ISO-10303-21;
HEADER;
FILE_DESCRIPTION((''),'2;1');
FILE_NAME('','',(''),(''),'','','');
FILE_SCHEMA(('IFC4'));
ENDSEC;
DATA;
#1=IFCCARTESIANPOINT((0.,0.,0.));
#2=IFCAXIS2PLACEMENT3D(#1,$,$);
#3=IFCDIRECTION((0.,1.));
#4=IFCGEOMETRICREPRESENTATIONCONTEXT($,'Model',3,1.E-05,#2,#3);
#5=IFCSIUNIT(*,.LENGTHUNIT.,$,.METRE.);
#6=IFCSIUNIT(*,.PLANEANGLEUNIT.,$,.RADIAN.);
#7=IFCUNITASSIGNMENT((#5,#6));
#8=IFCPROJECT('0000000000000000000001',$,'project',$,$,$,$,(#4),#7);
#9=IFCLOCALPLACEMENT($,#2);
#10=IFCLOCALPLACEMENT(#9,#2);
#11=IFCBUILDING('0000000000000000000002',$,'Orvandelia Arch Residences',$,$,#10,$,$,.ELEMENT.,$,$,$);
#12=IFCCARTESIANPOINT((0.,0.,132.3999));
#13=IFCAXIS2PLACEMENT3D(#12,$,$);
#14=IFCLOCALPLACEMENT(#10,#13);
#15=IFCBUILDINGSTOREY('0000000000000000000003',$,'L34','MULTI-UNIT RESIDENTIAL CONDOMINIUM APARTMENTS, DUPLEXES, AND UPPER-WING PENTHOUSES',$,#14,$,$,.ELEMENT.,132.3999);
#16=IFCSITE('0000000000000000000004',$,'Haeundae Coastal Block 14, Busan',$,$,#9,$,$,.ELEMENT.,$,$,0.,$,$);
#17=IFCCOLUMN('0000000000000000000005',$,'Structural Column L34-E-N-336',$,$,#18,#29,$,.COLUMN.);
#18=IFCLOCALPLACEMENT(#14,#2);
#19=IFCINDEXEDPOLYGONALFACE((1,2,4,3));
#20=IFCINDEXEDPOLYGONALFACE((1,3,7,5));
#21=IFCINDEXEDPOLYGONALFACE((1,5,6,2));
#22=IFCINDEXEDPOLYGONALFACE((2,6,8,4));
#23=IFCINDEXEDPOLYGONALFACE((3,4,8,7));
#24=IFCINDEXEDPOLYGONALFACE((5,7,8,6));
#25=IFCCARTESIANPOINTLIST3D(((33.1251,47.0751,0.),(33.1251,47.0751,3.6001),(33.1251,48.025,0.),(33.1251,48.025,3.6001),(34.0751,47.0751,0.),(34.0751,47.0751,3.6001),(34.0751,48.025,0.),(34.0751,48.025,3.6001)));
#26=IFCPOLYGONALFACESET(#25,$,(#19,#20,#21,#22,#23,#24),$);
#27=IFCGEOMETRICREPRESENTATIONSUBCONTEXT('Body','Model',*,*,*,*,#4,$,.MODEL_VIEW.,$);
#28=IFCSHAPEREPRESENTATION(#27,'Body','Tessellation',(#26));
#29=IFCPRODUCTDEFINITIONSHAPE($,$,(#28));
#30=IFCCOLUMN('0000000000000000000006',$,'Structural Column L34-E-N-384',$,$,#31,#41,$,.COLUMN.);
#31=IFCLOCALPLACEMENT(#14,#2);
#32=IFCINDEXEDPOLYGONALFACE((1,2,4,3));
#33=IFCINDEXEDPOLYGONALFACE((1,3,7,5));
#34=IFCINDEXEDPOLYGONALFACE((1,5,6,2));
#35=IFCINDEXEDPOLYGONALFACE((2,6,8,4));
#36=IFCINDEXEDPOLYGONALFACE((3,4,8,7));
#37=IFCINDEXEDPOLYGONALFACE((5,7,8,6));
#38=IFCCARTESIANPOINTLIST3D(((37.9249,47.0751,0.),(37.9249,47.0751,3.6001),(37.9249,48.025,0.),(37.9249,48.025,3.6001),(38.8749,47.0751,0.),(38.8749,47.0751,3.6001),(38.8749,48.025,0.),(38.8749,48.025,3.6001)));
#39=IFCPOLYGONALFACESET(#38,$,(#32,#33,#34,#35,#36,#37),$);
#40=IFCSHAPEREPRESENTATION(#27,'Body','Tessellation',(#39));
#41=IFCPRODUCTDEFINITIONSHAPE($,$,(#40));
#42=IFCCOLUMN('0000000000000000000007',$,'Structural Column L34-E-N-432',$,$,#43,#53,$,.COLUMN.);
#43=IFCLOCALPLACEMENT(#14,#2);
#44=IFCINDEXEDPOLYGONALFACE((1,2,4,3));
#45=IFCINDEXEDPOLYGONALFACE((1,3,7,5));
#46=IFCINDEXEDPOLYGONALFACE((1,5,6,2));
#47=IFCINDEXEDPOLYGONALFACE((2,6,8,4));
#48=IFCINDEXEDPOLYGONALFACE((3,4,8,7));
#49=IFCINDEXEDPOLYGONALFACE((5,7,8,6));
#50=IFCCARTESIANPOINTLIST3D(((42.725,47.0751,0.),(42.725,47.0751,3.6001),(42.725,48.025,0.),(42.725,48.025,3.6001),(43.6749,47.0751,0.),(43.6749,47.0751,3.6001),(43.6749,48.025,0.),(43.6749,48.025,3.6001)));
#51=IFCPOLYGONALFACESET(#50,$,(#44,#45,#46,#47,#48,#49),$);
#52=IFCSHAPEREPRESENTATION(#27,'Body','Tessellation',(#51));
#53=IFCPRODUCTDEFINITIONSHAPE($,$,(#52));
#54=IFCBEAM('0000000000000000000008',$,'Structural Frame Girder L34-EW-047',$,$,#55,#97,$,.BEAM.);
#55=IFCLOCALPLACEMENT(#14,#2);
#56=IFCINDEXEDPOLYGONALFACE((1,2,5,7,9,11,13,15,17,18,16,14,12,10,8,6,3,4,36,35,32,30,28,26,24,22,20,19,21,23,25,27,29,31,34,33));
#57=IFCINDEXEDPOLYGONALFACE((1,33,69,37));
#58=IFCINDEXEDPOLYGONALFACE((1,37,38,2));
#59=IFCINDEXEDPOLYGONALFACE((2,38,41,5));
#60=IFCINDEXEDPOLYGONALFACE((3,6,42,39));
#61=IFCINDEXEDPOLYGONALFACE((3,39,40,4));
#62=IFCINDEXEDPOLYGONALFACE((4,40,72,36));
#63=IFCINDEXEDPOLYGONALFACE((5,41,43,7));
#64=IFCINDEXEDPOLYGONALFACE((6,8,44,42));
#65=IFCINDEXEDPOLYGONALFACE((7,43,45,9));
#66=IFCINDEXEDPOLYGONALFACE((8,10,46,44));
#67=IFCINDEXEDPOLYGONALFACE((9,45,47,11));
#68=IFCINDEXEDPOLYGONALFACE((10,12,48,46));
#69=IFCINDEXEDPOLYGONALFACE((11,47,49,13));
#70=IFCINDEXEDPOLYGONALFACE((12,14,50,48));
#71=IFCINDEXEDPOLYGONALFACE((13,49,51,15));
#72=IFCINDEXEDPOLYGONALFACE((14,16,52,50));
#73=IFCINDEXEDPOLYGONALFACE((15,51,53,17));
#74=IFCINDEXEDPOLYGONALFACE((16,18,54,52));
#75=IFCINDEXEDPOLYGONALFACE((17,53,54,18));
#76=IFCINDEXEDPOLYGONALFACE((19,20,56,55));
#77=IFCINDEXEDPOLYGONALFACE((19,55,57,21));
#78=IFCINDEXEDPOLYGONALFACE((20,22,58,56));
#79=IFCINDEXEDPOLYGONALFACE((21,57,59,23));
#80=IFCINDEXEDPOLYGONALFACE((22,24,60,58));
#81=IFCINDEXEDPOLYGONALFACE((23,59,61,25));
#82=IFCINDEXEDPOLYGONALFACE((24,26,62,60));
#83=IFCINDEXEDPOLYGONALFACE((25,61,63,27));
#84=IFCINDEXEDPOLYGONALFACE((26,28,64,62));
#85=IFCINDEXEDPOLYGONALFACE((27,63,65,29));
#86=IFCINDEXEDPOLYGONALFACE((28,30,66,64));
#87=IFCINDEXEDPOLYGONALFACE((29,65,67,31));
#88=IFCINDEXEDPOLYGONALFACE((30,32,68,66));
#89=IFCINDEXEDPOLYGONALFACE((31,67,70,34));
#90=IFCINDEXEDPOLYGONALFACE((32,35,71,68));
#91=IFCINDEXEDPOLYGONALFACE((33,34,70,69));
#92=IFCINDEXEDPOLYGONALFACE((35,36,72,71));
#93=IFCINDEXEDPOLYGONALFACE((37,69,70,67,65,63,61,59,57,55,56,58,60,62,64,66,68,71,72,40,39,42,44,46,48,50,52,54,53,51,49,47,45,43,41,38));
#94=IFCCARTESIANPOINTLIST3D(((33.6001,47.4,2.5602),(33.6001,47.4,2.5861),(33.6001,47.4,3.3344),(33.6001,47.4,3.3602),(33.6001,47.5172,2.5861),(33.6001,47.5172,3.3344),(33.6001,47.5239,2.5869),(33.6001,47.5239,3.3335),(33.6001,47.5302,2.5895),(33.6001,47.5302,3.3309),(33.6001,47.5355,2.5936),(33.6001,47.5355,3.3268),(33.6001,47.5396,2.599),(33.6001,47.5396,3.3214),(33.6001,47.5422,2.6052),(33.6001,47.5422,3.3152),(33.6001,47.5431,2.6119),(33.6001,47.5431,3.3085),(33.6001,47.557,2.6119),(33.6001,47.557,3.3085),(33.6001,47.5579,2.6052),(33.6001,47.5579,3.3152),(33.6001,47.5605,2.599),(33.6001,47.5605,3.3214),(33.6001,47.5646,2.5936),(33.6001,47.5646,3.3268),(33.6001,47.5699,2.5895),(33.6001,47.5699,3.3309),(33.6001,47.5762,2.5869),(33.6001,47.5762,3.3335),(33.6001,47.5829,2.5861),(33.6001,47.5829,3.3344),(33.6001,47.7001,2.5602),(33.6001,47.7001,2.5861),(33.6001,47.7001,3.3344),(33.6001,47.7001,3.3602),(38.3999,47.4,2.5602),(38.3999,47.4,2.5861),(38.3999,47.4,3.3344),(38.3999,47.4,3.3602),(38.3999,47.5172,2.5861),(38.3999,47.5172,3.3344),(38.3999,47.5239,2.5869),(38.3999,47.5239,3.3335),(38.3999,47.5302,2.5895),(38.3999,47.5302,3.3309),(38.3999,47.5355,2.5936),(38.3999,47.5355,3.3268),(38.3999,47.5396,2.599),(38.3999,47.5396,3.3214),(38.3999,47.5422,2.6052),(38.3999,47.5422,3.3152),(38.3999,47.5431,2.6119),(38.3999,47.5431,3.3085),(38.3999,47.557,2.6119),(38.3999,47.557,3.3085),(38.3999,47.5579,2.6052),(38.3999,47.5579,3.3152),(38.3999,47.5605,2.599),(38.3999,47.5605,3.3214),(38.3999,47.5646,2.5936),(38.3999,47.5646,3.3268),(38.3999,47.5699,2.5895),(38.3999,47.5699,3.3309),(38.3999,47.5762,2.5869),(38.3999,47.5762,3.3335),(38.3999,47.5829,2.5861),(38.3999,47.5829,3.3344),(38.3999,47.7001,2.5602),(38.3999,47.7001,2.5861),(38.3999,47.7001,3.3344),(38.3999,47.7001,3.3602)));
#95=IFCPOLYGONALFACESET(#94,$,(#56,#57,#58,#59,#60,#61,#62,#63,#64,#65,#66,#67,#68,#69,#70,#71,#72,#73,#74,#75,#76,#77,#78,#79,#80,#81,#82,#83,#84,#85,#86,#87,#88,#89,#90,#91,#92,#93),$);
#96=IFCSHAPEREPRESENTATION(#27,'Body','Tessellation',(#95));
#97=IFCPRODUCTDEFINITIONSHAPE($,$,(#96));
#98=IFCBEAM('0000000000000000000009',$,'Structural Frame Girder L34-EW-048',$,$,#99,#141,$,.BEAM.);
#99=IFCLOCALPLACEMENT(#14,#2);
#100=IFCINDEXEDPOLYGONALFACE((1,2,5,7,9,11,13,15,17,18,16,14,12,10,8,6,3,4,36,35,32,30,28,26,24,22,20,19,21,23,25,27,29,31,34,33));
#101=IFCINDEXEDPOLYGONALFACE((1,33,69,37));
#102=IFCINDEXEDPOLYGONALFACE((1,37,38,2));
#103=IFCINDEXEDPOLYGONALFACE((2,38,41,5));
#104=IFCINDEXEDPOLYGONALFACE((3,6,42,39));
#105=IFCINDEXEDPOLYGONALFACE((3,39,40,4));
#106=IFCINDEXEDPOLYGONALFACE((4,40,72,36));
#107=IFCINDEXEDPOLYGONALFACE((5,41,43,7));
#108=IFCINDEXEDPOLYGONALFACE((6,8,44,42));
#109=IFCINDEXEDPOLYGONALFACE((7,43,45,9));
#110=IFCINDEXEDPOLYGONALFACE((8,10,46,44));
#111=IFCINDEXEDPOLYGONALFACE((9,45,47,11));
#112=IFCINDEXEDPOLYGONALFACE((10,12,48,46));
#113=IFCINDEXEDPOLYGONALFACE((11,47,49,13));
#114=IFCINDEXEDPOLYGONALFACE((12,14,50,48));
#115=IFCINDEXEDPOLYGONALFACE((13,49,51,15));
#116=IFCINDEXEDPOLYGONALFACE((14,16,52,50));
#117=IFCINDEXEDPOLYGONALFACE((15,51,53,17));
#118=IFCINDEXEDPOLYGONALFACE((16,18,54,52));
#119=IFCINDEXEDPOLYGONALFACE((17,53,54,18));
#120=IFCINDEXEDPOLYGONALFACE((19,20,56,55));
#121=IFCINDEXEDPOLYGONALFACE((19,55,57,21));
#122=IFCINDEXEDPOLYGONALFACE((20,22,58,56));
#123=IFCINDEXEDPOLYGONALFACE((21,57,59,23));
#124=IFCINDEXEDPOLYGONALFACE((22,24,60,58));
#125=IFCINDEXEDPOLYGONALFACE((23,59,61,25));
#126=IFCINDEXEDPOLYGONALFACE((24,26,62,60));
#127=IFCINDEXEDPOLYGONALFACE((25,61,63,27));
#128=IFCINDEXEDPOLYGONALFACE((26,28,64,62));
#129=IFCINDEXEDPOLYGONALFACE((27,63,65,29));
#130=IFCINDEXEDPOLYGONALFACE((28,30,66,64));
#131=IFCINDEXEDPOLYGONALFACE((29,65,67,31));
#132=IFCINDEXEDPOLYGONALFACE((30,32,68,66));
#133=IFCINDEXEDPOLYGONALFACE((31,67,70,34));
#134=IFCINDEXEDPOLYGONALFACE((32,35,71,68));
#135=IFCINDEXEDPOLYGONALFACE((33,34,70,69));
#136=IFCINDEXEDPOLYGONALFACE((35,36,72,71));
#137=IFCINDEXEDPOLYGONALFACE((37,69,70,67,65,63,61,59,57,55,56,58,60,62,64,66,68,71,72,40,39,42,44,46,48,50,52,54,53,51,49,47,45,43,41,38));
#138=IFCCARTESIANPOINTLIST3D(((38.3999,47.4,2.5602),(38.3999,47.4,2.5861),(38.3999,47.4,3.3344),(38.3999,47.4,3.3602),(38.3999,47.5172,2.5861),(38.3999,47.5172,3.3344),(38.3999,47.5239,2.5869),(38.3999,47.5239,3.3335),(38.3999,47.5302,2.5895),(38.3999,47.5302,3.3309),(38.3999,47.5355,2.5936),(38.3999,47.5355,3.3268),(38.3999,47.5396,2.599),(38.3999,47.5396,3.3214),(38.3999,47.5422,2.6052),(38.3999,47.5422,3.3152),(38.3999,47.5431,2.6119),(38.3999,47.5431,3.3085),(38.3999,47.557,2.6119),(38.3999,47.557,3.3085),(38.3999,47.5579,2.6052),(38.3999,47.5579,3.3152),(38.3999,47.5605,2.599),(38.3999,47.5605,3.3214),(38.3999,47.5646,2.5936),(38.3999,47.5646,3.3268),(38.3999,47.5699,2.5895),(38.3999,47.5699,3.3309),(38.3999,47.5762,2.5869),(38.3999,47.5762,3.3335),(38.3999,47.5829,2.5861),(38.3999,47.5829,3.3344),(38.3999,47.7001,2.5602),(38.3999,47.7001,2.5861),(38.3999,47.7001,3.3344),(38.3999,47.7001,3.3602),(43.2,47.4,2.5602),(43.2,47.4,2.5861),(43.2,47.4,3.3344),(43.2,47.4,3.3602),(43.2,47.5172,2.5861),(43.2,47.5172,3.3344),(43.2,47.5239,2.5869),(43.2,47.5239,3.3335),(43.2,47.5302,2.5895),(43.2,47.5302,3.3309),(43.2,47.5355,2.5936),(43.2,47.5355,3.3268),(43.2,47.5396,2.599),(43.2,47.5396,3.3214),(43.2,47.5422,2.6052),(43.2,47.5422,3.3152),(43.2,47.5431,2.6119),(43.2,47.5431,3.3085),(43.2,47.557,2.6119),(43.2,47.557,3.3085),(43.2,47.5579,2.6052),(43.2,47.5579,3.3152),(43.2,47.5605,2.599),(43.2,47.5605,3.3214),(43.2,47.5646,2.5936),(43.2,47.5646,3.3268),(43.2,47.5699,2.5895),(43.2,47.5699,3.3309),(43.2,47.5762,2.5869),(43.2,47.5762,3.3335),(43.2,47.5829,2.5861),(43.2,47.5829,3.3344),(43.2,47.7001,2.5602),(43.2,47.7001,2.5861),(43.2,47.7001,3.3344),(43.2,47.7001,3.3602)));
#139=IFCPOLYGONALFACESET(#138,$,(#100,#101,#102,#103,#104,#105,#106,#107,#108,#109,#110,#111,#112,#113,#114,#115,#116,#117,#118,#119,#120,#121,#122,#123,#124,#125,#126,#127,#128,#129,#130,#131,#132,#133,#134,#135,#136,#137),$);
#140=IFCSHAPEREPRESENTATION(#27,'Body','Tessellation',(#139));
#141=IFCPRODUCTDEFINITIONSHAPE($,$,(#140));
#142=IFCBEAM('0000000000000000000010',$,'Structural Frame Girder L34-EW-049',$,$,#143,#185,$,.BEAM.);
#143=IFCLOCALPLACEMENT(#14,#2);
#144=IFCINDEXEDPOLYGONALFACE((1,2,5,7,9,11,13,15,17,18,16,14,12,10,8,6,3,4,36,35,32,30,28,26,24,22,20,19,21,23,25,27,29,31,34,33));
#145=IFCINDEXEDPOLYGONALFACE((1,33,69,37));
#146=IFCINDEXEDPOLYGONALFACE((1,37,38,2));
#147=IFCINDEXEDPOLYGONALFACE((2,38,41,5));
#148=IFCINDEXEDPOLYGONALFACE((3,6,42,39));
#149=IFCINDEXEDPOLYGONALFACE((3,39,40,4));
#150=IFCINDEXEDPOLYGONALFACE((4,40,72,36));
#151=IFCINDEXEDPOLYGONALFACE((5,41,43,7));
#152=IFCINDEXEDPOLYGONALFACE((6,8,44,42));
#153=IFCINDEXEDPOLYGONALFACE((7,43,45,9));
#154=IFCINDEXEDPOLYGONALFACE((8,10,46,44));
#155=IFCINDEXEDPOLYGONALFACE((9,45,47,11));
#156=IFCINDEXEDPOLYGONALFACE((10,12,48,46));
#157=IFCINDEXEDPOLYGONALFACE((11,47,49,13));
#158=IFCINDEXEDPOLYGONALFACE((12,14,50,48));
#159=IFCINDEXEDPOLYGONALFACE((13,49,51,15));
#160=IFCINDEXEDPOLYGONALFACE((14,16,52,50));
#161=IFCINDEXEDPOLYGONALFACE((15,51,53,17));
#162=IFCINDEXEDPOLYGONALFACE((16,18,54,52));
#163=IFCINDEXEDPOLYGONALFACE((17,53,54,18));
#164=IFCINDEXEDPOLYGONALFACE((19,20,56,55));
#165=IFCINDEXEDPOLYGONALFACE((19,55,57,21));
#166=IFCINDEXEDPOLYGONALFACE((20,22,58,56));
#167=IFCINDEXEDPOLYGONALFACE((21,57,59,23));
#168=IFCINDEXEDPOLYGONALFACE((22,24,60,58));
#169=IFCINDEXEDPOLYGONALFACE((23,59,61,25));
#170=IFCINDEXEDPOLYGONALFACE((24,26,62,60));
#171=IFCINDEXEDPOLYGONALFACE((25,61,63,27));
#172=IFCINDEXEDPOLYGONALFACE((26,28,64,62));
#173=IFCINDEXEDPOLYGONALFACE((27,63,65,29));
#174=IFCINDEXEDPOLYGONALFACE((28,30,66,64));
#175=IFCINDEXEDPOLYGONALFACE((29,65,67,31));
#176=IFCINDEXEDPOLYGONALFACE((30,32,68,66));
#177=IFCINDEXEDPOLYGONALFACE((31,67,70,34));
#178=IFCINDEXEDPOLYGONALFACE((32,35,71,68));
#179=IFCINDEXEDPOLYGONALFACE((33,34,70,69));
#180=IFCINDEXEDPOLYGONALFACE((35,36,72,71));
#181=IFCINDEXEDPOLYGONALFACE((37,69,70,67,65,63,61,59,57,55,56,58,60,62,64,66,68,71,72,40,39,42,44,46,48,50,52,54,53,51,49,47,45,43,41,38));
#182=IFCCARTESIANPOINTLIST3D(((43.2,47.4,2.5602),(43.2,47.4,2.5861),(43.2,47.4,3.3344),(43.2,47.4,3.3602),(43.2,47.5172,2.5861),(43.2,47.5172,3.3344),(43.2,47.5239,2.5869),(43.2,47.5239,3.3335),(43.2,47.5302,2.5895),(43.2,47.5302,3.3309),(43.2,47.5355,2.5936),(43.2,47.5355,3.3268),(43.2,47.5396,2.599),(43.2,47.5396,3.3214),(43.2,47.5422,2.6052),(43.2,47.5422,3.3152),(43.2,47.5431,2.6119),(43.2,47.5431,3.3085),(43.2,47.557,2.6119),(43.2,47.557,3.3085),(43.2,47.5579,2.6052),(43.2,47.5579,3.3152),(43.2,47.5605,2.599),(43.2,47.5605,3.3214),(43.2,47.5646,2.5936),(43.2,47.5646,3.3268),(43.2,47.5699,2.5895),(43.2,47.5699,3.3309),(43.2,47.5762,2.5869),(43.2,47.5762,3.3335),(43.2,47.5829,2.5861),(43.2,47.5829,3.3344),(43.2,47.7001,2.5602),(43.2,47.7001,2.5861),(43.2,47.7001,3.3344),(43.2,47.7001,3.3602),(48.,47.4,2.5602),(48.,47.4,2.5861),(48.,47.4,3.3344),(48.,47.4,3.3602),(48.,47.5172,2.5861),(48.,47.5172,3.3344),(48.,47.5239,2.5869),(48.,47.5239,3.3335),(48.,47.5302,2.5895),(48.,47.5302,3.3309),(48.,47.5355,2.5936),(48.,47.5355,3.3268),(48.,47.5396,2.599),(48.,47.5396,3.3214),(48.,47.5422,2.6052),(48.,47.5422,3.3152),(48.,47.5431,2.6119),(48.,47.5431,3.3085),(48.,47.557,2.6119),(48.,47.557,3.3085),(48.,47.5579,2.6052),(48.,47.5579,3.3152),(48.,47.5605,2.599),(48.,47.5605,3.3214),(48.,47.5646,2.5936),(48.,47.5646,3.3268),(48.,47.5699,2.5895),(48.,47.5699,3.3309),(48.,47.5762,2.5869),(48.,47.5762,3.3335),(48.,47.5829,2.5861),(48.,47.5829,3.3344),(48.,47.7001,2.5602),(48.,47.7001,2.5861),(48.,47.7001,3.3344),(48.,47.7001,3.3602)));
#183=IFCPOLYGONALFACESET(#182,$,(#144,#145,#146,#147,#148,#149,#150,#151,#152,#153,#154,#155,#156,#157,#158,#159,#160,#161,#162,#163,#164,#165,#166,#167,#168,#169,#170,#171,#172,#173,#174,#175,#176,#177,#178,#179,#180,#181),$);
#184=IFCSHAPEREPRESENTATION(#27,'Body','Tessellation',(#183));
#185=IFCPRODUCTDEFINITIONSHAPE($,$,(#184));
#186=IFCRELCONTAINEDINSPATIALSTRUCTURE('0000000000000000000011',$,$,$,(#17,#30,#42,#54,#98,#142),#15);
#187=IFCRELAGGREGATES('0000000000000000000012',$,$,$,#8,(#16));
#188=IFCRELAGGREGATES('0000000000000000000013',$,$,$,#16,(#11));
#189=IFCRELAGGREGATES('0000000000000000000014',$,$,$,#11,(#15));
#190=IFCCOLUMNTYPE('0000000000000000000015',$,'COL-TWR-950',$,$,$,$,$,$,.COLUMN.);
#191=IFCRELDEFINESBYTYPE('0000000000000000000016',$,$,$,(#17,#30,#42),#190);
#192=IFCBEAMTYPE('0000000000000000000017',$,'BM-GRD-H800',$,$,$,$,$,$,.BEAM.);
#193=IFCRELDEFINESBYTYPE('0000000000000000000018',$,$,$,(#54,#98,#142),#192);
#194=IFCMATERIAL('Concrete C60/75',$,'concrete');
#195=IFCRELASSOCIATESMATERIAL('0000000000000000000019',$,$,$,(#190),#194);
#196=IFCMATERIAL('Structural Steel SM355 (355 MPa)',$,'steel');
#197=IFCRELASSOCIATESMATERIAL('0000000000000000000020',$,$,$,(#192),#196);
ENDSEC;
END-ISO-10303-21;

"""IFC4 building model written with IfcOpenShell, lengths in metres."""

from ifc_helpers import new_model, si_unit, direction, frame, origin, origin_2d, place, context, subcontext, project, spatial, rectangle, i_section, extrude, material, material_profile, profile_set, type_object, element, save


model = new_model("IFC4")

# Units and contexts
model_context = context("Model", 3, precision=1e-05, world=origin(), true_north=direction((0.0, 1.0)))
body_context = subcontext(model_context, "Body", "Model", "MODEL_VIEW")
ifc_project = project(units=[si_unit("LENGTHUNIT", "METRE"), si_unit("PLANEANGLEUNIT", "RADIAN")], contexts=[model_context])

# Site, building, storey
site_placement = place(None, origin())
site = spatial("IfcSite", under=ifc_project, at=site_placement, Name="Haeundae Coastal Block 14, Busan", CompositionType="ELEMENT", RefElevation=0.0)
building_placement = place(site_placement, origin())
building = spatial("IfcBuilding", under=site, at=building_placement, Name="Orvandelia Arch Residences", CompositionType="ELEMENT")
storey_placement = place(building_placement, frame((0.0, 0.0, 132.3999)))
storey = spatial("IfcBuildingStorey", under=building, at=storey_placement, Name="L34", Description="MULTI-UNIT RESIDENTIAL CONDOMINIUM APARTMENTS, DUPLEXES, AND UPPER-WING PENTHOUSES", CompositionType="ELEMENT", Elevation=132.3999)

# Columns
ifc_material_1 = material(Name="Concrete C60/75", Category="concrete")
ifc_material_profile_1 = material_profile(ifc_material_1, rectangle(XDim=0.95, YDim=0.95, at=origin_2d()), Name="Concrete C60/75", Category="concrete")
ifc_profile_set_1 = profile_set([ifc_material_profile_1], Name="Concrete C60/75")
column_type = type_object("IfcColumnType", Name="COL-TWR-950", PredefinedType="COLUMN", material=ifc_profile_set_1)
for number, where, z_axis, x_axis, name in (
    (1, (33.6001, 47.55, 0.0), (0.0, 0.0, 1.0), (1.0, 0.0, 0.0), "Structural Column L34-E-N-336"),
    (2, (38.3999, 47.55, 0.0), (0.0, 0.0, 1.0), (1.0, 0.0, 0.0), "Structural Column L34-E-N-384"),
    (3, (43.2, 47.55, 0.0), (0.0, 0.0, 1.0), (1.0, 0.0, 0.0), "Structural Column L34-E-N-432"),
):
    element("IfcColumn", number, at=place(storey_placement, frame(where, z_axis=z_axis, x_axis=x_axis)), inside=storey, type_object=column_type, Name=name, PredefinedType="COLUMN", context=body_context, shape_type="SweptSolid", body=[
        extrude(rectangle(XDim=0.95, YDim=0.95, at=origin_2d()), origin(), (0.0, 0.0, 1.0), 3.6001),
    ])

# Beams
ifc_material_2 = material(Name="Structural Steel SM355 (355 MPa)", Category="steel")
ifc_material_profile_2 = material_profile(ifc_material_2, i_section(OverallWidth=0.3, OverallDepth=0.8, WebThickness=0.0139, FlangeThickness=0.0259, FilletRadius=0.0259, at=origin_2d()), Name="Structural Steel SM355 (355 MPa)", Category="steel")
ifc_profile_set_2 = profile_set([ifc_material_profile_2], Name="Structural Steel SM355 (355 MPa)")
beam_type = type_object("IfcBeamType", Name="BM-GRD-H800", PredefinedType="BEAM", material=ifc_profile_set_2)
beam_placement = place(storey_placement, frame((33.6001, 47.55, 2.9602), z_axis=(1.0, 0.0, 0.0), x_axis=(0.0, 1.0, 0.0)))
element("IfcBeam", 4, at=beam_placement, inside=storey, type_object=beam_type, Name="Structural Frame Girder L34-EW-047", PredefinedType="BEAM", context=body_context, shape_type="SweptSolid", body=[
    extrude(i_section(OverallWidth=0.3, OverallDepth=0.8, WebThickness=0.0139, FlangeThickness=0.0259, FilletRadius=0.0259, at=origin_2d()), origin(), (0.0, 0.0, 1.0), 4.7998),
])
for number, where, z_axis, x_axis, name in (
    (5, (38.3999, 47.55, 2.9602), (1.0, 0.0, 0.0), (0.0, 1.0, 0.0), "Structural Frame Girder L34-EW-048"),
    (6, (43.2, 47.55, 2.9602), (1.0, 0.0, 0.0), (0.0, 1.0, 0.0), "Structural Frame Girder L34-EW-049"),
):
    element("IfcBeam", number, at=place(storey_placement, frame(where, z_axis=z_axis, x_axis=x_axis)), inside=storey, type_object=beam_type, Name=name, PredefinedType="BEAM", context=body_context, shape_type="SweptSolid", body=[
        extrude(i_section(OverallWidth=0.3, OverallDepth=0.8, WebThickness=0.0139, FlangeThickness=0.0259, FilletRadius=0.0259, at=origin_2d()), origin(), (0.0, 0.0, 1.0), 4.8),
    ])

save(model, "model.ifc")
